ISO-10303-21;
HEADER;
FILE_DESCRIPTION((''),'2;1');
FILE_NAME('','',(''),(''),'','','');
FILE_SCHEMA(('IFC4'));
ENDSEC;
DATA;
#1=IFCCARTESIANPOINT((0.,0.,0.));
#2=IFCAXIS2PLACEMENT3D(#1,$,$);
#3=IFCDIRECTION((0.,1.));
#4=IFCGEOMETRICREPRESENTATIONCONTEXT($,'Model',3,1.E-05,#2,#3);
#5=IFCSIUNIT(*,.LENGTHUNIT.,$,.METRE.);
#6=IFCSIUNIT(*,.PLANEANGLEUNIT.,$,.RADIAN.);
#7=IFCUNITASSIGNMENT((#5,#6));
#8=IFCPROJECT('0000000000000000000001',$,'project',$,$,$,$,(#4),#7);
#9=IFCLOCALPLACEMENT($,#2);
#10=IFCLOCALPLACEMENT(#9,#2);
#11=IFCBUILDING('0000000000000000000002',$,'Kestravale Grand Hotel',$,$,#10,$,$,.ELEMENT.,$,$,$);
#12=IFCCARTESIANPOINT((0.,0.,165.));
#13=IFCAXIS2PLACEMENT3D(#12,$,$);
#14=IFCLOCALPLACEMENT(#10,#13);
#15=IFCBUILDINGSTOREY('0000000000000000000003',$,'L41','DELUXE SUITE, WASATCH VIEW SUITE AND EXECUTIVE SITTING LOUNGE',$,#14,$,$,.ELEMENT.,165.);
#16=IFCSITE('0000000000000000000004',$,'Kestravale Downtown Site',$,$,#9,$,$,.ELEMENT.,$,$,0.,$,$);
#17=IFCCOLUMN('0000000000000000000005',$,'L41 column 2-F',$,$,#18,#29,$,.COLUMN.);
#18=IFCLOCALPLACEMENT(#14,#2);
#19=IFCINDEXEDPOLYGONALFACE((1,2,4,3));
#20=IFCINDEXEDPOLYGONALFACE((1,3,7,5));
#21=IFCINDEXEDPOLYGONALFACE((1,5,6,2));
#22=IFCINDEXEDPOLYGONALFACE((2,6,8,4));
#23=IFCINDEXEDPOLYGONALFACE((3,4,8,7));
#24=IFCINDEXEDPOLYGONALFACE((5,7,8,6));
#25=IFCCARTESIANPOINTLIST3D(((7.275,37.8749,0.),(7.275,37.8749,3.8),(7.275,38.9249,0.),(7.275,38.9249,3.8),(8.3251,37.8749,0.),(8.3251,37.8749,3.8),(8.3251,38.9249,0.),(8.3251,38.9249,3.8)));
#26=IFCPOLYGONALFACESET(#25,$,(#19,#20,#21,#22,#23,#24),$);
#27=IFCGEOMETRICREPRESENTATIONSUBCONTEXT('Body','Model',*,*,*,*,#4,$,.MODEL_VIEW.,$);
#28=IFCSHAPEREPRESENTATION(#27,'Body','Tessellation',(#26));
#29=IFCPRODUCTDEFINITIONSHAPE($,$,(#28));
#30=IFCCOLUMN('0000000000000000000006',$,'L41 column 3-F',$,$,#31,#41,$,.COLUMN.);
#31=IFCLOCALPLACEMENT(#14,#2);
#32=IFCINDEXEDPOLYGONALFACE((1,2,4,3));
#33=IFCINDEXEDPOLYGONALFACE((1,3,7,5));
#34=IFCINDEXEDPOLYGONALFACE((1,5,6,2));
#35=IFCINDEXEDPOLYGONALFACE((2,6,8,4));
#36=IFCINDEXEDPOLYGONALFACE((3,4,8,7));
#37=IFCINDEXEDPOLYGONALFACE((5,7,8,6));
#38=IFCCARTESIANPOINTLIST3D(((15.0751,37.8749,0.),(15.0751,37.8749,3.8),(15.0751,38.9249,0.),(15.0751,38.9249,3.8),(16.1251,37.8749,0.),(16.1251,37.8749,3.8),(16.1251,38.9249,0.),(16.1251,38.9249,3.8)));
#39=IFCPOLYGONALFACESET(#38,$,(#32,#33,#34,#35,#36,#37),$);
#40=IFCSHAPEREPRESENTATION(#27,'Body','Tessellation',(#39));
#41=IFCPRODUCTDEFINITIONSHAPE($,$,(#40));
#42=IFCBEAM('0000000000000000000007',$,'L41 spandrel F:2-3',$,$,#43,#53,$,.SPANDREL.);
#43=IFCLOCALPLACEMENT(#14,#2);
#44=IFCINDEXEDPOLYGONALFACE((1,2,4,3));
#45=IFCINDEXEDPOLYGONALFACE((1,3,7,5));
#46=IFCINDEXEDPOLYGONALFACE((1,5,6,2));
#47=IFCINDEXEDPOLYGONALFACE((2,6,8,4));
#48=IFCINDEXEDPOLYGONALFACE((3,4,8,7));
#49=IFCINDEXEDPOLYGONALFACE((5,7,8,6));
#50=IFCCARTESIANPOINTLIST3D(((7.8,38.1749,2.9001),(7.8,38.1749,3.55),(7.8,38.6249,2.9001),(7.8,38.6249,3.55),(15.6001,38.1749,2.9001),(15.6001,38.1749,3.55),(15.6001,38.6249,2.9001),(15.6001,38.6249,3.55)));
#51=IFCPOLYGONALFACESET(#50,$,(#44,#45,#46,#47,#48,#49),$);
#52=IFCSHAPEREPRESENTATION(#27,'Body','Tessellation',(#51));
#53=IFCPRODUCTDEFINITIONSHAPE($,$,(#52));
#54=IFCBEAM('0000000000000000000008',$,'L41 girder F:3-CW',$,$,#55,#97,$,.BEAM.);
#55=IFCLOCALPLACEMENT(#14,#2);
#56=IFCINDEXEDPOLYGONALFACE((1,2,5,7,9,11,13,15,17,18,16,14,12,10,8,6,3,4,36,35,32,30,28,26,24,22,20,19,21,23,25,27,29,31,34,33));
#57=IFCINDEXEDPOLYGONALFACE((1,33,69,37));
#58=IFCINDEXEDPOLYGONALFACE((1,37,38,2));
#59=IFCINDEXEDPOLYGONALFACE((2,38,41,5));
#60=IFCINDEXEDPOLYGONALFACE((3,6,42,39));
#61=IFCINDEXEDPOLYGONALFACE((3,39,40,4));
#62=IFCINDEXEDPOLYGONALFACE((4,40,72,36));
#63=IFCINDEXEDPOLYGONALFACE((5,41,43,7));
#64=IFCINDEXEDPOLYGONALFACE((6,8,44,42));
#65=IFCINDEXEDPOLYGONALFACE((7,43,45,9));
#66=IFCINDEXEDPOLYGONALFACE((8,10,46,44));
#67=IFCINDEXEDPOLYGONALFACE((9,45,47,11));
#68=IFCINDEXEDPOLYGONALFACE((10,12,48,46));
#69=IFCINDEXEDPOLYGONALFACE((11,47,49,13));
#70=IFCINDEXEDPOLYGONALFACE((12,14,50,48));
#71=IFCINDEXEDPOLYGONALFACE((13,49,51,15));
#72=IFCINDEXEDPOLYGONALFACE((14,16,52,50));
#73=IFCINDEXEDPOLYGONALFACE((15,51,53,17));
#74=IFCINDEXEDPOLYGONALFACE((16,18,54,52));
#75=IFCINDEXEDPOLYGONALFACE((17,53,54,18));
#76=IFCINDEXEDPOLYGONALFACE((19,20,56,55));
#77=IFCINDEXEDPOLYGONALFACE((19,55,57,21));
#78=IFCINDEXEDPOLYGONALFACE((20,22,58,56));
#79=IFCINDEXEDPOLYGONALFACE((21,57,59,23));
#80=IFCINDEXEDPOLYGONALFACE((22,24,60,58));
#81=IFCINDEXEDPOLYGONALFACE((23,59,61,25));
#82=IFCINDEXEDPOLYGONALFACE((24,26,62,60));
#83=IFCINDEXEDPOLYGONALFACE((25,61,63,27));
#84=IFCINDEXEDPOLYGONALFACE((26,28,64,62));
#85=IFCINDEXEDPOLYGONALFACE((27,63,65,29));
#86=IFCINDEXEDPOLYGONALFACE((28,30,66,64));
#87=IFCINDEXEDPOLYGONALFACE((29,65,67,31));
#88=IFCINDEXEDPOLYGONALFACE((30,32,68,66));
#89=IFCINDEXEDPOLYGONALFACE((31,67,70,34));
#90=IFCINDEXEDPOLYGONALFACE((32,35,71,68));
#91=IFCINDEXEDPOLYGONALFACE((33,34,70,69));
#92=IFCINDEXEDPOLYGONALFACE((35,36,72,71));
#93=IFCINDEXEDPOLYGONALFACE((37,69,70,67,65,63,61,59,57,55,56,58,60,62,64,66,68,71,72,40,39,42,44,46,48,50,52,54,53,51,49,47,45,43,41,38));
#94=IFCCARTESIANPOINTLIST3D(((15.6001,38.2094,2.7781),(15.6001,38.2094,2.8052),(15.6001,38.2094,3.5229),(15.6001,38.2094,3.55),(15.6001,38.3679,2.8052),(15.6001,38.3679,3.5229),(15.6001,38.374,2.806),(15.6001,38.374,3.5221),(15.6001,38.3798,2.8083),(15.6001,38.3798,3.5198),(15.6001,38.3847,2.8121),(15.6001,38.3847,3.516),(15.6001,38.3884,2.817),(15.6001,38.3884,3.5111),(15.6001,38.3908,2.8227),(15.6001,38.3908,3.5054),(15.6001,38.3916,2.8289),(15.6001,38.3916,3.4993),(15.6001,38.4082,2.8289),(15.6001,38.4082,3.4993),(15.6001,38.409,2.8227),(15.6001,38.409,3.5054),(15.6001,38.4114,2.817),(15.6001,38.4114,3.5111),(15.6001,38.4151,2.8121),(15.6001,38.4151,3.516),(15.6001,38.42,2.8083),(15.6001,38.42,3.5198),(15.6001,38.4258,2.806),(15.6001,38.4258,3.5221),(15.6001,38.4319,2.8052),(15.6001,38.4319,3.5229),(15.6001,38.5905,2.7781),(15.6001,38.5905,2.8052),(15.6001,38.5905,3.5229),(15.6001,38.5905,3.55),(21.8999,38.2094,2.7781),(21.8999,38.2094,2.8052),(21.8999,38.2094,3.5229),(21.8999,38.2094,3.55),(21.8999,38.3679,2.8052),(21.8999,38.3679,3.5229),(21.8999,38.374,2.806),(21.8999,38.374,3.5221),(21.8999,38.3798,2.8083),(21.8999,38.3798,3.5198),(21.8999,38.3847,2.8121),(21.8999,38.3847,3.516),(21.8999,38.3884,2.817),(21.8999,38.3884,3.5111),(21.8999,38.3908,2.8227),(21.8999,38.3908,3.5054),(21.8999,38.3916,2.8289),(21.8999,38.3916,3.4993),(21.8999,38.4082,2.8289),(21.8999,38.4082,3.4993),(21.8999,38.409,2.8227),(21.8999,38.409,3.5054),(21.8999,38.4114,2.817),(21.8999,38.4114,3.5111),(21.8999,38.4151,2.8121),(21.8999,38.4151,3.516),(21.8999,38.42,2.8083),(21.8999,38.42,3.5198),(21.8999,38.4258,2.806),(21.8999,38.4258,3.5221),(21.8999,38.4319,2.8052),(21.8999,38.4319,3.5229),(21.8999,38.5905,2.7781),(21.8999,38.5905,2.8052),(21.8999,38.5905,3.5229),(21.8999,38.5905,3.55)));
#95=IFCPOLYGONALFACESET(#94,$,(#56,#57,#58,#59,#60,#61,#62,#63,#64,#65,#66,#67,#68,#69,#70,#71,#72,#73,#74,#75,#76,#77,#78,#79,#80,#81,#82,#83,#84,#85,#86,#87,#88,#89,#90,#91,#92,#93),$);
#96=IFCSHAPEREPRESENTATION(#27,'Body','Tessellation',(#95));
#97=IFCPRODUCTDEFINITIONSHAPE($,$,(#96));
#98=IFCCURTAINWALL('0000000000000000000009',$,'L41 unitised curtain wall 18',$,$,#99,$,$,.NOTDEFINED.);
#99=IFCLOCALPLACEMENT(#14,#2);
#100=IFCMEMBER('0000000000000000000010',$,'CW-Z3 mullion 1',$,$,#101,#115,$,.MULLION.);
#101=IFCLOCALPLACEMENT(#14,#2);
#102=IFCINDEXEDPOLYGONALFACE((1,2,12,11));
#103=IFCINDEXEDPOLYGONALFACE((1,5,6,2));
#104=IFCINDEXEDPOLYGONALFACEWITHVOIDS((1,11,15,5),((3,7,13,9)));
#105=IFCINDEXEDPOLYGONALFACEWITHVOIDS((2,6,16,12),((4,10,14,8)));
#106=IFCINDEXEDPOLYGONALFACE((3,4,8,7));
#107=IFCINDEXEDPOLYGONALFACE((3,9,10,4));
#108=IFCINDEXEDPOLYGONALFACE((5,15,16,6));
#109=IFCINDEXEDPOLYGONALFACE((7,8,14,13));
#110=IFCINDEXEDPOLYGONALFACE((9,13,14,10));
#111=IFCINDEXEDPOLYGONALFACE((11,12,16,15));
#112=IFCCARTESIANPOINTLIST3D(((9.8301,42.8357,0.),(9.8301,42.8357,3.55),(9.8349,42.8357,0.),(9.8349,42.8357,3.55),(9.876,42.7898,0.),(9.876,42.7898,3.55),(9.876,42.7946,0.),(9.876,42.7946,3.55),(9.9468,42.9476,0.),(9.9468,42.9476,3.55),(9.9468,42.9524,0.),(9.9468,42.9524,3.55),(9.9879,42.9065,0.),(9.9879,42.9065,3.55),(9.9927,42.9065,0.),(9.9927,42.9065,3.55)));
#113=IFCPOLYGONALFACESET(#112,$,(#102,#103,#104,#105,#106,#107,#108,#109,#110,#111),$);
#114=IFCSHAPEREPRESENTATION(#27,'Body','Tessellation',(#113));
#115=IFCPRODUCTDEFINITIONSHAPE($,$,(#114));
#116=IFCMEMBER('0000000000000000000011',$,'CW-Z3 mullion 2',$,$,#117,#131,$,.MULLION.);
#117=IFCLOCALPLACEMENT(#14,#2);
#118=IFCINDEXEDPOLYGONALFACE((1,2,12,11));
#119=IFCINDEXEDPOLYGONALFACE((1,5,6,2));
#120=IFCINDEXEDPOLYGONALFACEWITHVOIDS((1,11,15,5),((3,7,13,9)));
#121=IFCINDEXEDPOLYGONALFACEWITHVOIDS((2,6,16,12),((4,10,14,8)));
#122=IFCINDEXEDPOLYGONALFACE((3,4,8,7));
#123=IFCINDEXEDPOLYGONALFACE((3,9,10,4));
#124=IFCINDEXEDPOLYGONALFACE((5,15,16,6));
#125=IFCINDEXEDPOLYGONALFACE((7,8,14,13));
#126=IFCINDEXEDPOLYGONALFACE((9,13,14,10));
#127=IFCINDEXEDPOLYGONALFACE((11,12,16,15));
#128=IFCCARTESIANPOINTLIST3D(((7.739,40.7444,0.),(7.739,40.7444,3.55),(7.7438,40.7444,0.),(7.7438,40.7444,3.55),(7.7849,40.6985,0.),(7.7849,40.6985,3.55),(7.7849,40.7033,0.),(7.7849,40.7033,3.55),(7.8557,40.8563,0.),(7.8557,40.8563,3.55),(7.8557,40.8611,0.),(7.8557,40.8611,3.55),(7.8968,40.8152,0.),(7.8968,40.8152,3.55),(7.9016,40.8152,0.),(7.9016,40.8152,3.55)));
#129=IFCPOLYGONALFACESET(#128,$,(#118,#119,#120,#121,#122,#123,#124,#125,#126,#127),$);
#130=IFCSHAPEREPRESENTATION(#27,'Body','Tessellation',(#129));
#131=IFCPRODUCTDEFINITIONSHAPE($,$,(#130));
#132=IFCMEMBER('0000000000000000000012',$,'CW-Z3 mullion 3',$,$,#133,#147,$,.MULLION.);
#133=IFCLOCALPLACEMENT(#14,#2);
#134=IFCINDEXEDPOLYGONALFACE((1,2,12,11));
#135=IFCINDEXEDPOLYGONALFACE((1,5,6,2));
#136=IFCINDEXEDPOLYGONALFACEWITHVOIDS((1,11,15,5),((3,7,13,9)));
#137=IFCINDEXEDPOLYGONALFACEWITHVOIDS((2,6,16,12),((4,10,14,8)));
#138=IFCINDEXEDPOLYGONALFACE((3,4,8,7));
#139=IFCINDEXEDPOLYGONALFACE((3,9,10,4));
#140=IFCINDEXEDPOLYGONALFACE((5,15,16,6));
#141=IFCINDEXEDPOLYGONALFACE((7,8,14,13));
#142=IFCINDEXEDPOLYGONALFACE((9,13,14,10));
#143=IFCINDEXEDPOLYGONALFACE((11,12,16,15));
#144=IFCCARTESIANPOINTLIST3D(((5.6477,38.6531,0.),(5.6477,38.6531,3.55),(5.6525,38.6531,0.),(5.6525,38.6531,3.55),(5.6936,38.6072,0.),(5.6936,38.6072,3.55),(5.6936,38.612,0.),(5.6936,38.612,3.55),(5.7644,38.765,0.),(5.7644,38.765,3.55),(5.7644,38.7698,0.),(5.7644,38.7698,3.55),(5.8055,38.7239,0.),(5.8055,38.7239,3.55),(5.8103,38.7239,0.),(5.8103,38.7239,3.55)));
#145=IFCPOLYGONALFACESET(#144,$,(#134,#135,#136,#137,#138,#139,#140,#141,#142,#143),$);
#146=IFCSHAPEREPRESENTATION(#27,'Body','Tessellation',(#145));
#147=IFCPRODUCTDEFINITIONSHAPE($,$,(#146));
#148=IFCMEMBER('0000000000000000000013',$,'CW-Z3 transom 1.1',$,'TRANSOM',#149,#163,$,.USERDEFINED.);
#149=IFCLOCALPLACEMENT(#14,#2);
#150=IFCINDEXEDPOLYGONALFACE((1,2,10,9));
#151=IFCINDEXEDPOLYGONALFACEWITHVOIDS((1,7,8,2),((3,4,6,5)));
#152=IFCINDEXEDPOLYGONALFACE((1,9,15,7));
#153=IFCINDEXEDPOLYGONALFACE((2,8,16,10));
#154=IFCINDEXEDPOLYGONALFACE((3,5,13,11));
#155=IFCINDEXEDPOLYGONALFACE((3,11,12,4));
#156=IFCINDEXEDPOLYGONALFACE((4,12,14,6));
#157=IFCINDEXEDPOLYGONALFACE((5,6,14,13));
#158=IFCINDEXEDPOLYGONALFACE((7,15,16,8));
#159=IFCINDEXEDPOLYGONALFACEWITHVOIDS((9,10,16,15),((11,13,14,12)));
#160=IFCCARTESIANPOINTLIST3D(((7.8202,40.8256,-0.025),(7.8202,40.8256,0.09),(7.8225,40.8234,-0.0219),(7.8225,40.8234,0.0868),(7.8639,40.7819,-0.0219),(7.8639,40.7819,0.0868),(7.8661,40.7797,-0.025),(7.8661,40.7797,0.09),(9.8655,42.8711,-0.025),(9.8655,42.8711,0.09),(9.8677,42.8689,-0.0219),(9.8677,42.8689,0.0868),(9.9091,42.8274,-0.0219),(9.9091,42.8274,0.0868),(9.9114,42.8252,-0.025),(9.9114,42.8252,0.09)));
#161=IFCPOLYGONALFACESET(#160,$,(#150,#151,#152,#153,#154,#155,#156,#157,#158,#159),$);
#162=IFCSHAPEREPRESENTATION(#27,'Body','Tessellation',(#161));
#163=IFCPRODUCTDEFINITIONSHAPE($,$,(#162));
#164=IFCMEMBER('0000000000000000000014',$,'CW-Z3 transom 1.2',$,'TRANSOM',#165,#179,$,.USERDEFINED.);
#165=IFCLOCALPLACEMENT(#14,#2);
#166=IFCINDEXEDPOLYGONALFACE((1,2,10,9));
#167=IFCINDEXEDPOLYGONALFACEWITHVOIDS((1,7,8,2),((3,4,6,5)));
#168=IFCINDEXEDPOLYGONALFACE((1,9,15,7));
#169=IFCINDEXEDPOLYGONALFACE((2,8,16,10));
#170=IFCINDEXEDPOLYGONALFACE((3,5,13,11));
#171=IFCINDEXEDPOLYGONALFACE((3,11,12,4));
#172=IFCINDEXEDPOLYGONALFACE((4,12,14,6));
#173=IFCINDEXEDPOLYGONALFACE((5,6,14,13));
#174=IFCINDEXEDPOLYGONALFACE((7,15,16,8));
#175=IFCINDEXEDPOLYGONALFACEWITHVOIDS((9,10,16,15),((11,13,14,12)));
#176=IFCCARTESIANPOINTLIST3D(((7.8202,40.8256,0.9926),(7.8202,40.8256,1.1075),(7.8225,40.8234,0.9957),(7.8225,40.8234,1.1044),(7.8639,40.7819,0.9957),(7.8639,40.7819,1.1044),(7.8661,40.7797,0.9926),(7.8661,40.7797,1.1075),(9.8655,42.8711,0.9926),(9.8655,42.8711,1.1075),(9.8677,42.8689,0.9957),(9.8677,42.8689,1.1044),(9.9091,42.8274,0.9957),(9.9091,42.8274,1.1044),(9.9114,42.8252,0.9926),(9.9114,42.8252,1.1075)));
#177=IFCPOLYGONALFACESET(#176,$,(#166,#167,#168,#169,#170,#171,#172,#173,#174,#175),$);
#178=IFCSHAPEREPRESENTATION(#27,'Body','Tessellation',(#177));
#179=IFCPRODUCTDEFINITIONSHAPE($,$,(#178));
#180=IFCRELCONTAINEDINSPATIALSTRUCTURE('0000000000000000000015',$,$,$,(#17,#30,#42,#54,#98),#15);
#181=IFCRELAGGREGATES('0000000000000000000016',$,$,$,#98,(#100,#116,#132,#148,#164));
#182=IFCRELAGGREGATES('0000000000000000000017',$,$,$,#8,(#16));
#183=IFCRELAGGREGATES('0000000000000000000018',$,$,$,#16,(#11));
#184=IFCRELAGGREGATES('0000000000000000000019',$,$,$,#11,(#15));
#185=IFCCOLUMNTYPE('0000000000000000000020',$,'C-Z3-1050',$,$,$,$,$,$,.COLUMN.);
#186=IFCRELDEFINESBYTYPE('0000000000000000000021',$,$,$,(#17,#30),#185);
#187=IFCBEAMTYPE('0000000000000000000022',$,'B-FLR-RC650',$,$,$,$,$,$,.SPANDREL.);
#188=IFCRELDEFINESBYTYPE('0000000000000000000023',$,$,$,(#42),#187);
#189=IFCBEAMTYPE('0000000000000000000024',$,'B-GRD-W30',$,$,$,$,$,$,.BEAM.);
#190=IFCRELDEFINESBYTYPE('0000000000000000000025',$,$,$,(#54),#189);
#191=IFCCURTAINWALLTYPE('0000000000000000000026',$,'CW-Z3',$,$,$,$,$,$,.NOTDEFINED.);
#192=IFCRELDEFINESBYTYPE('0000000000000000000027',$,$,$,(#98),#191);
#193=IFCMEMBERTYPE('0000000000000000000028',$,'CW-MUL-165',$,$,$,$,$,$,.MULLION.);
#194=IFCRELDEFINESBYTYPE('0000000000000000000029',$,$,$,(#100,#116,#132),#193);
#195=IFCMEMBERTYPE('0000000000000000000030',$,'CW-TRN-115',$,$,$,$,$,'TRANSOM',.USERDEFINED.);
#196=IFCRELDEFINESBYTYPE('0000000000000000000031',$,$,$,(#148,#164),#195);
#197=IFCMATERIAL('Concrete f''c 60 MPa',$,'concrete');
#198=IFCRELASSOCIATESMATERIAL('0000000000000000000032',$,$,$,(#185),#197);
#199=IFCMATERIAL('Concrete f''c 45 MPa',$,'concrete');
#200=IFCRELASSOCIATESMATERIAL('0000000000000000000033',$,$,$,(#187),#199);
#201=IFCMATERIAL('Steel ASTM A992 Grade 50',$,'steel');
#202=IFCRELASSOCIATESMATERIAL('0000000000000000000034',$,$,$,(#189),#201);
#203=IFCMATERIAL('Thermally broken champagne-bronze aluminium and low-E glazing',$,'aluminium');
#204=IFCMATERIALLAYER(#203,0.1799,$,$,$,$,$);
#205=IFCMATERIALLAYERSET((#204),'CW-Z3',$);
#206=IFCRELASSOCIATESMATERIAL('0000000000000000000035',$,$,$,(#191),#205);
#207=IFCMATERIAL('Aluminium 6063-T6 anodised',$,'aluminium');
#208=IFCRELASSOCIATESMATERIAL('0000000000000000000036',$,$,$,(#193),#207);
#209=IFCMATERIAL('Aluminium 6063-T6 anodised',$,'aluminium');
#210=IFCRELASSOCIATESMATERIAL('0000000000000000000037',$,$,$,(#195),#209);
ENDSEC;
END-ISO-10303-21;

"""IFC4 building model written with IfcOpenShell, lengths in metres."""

from ifc_helpers import new_model, si_unit, direction, frame, origin, origin_2d, place, context, subcontext, project, spatial, rectangle, hollow_rectangle, i_section, extrude, material, layer, layer_set, material_profile, profile_set, type_object, element, aggregate, save


model = new_model("IFC4")

# Units and contexts
model_context = context("Model", 3, precision=1e-05, world=origin(), true_north=direction((0.0, 1.0)))
body_context = subcontext(model_context, "Body", "Model", "MODEL_VIEW")
ifc_project = project(units=[si_unit("LENGTHUNIT", "METRE"), si_unit("PLANEANGLEUNIT", "RADIAN")], contexts=[model_context])

# Site, building, storey
site_placement = place(None, origin())
site = spatial("IfcSite", under=ifc_project, at=site_placement, Name="Kestravale Downtown Site", CompositionType="ELEMENT", RefElevation=0.0)
building_placement = place(site_placement, origin())
building = spatial("IfcBuilding", under=site, at=building_placement, Name="Kestravale Grand Hotel", CompositionType="ELEMENT")
storey_placement = place(building_placement, frame((0.0, 0.0, 165.0)))
storey = spatial("IfcBuildingStorey", under=building, at=storey_placement, Name="L41", Description="DELUXE SUITE, WASATCH VIEW SUITE AND EXECUTIVE SITTING LOUNGE", CompositionType="ELEMENT", Elevation=165.0)

# Columns
ifc_material_1 = material(Name="Concrete f'c 60 MPa", Category="concrete")
ifc_material_profile_1 = material_profile(ifc_material_1, rectangle(XDim=1.05, YDim=1.05, at=origin_2d()))
ifc_profile_set_1 = profile_set([ifc_material_profile_1], Name="Concrete f'c 60 MPa")
column_type = type_object("IfcColumnType", Name="C-Z3-1050", PredefinedType="COLUMN", material=ifc_profile_set_1)
for number, where, z_axis, x_axis, name in (
    (1, (7.8, 38.3999, 0.0), (0.0, 0.0, 1.0), (1.0, 0.0, 0.0), "L41 column 2-F"),
    (2, (15.6001, 38.3999, 0.0), (0.0, 0.0, 1.0), (1.0, 0.0, 0.0), "L41 column 3-F"),
):
    element("IfcColumn", number, at=place(storey_placement, frame(where, z_axis=z_axis, x_axis=x_axis)), inside=storey, type_object=column_type, Name=name, PredefinedType="COLUMN", context=body_context, shape_type="SweptSolid", body=[
        extrude(rectangle(XDim=1.05, YDim=1.05, at=origin_2d()), origin(), (0.0, 0.0, 1.0), 3.8),
    ])

# Beams
ifc_material_2 = material(Name="Concrete f'c 45 MPa", Category="concrete")
ifc_material_profile_2 = material_profile(ifc_material_2, rectangle(XDim=0.45, YDim=0.6499, at=origin_2d()))
ifc_profile_set_2 = profile_set([ifc_material_profile_2], Name="Concrete f'c 45 MPa")
beam_type_1 = type_object("IfcBeamType", Name="B-FLR-RC650", PredefinedType="SPANDREL", material=ifc_profile_set_2)
beam_1_placement = place(storey_placement, frame((7.8, 38.3999, 3.2251), z_axis=(1.0, 0.0, 0.0), x_axis=(0.0, 1.0, 0.0)))
element("IfcBeam", 3, at=beam_1_placement, inside=storey, type_object=beam_type_1, Name="L41 spandrel F:2-3", PredefinedType="SPANDREL", context=body_context, shape_type="SweptSolid", body=[
    extrude(rectangle(XDim=0.45, YDim=0.6499, at=origin_2d()), origin(), (0.0, 0.0, 1.0), 7.8),
])
ifc_material_3 = material(Name="Steel ASTM A992 Grade 50", Category="steel")
ifc_material_profile_3 = material_profile(ifc_material_3, i_section(OverallWidth=0.3811, OverallDepth=0.772, WebThickness=0.0166, FlangeThickness=0.0271, FilletRadius=0.0237, at=origin_2d()))
ifc_profile_set_3 = profile_set([ifc_material_profile_3], Name="Steel ASTM A992 Grade 50")
beam_type_2 = type_object("IfcBeamType", Name="B-GRD-W30", PredefinedType="BEAM", material=ifc_profile_set_3)
beam_2_placement = place(storey_placement, frame((15.6001, 38.3999, 3.1641), z_axis=(1.0, 0.0, 0.0), x_axis=(0.0, 1.0, 0.0)))
element("IfcBeam", 4, at=beam_2_placement, inside=storey, type_object=beam_type_2, Name="L41 girder F:3-CW", PredefinedType="BEAM", context=body_context, shape_type="SweptSolid", body=[
    extrude(i_section(OverallWidth=0.3811, OverallDepth=0.772, WebThickness=0.0166, FlangeThickness=0.0271, FilletRadius=0.0237, at=origin_2d()), origin(), (0.0, 0.0, 1.0), 6.2998),
])

# Curtain wall, members
ifc_material_4 = material(Name="Thermally broken champagne-bronze aluminium and low-E glazing", Category="aluminium")
ifc_layer_1 = layer(ifc_material_4, 0.1799)
ifc_layer_set_1 = layer_set([ifc_layer_1], Name="CW-Z3")
curtain_wall_type = type_object("IfcCurtainWallType", Name="CW-Z3", PredefinedType="NOTDEFINED", material=ifc_layer_set_1)
curtain_wall_placement = place(storey_placement, origin())
curtain_wall = element("IfcCurtainWall", 5, at=curtain_wall_placement, inside=storey, type_object=curtain_wall_type, Name="L41 unitised curtain wall 18", PredefinedType="NOTDEFINED")
ifc_material_5 = material(Name="Aluminium 6063-T6 anodised", Category="aluminium")
ifc_material_profile_4 = material_profile(ifc_material_5, hollow_rectangle(XDim=0.0649, YDim=0.165, WallThickness=0.0034, at=origin_2d()))
ifc_profile_set_4 = profile_set([ifc_material_profile_4], Name="Aluminium 6063-T6 anodised")
member_type_1 = type_object("IfcMemberType", Name="CW-MUL-165", PredefinedType="MULLION", material=ifc_profile_set_4)
member_1_placement = place(storey_placement, frame((9.9114, 42.8711, 0.0), z_axis=(0.0, 0.0, 1.0), x_axis=(0.707107, -0.707107, 0.0)))
member_1 = element("IfcMember", 6, at=member_1_placement, type_object=member_type_1, Name="CW-Z3 mullion 1", PredefinedType="MULLION", context=body_context, shape_type="SweptSolid", body=[
    extrude(hollow_rectangle(XDim=0.0649, YDim=0.165, WallThickness=0.0034, at=origin_2d()), origin(), (0.0, 0.0, 1.0), 3.55),
])
member_2_placement = place(storey_placement, frame((7.8203, 40.7798, 0.0), z_axis=(0.0, 0.0, 1.0), x_axis=(0.707107, -0.707107, 0.0)))
member_2 = element("IfcMember", 7, at=member_2_placement, type_object=member_type_1, Name="CW-Z3 mullion 2", PredefinedType="MULLION", context=body_context, shape_type="SweptSolid", body=[
    extrude(hollow_rectangle(XDim=0.0649, YDim=0.165, WallThickness=0.0034, at=origin_2d()), origin(), (0.0, 0.0, 1.0), 3.55),
])
member_3_placement = place(storey_placement, frame((5.729, 38.6885, 0.0), z_axis=(0.0, 0.0, 1.0), x_axis=(0.707107, -0.707107, 0.0)))
member_3 = element("IfcMember", 8, at=member_3_placement, type_object=member_type_1, Name="CW-Z3 mullion 3", PredefinedType="MULLION", context=body_context, shape_type="SweptSolid", body=[
    extrude(hollow_rectangle(XDim=0.0649, YDim=0.165, WallThickness=0.0034, at=origin_2d()), origin(), (0.0, 0.0, 1.0), 3.55),
])
ifc_material_6 = material(Name="Aluminium 6063-T6 anodised", Category="aluminium")
ifc_material_profile_5 = material_profile(ifc_material_6, hollow_rectangle(XDim=0.0649, YDim=0.115, WallThickness=0.0032, at=origin_2d()))
ifc_profile_set_5 = profile_set([ifc_material_profile_5], Name="Aluminium 6063-T6 anodised")
member_type_2 = type_object("IfcMemberType", Name="CW-TRN-115", ElementType="TRANSOM", PredefinedType="USERDEFINED", material=ifc_profile_set_5)
member_4_placement = place(storey_placement, frame((9.8884, 42.8481, 0.0325), z_axis=(-0.707065, -0.707149, 0.0), x_axis=(0.707149, -0.707065, 0.0)))
member_4 = element("IfcMember", 9, at=member_4_placement, type_object=member_type_2, Name="CW-Z3 transom 1.1", ObjectType="TRANSOM", PredefinedType="USERDEFINED", context=body_context, shape_type="SweptSolid", body=[
    extrude(hollow_rectangle(XDim=0.0649, YDim=0.115, WallThickness=0.0032, at=origin_2d()), origin(), (0.0, 0.0, 1.0), 2.8926),
])
member_5_placement = place(storey_placement, frame((9.8884, 42.8481, 1.05), z_axis=(-0.707065, -0.707149, 0.0), x_axis=(0.707149, -0.707065, 0.0)))
member_5 = element("IfcMember", 10, at=member_5_placement, type_object=member_type_2, Name="CW-Z3 transom 1.2", ObjectType="TRANSOM", PredefinedType="USERDEFINED", context=body_context, shape_type="SweptSolid", body=[
    extrude(hollow_rectangle(XDim=0.0649, YDim=0.115, WallThickness=0.0032, at=origin_2d()), origin(), (0.0, 0.0, 1.0), 2.8926),
])
aggregate(curtain_wall, [member_1, member_2, member_3, member_4, member_5])

save(model, "model.ifc")
